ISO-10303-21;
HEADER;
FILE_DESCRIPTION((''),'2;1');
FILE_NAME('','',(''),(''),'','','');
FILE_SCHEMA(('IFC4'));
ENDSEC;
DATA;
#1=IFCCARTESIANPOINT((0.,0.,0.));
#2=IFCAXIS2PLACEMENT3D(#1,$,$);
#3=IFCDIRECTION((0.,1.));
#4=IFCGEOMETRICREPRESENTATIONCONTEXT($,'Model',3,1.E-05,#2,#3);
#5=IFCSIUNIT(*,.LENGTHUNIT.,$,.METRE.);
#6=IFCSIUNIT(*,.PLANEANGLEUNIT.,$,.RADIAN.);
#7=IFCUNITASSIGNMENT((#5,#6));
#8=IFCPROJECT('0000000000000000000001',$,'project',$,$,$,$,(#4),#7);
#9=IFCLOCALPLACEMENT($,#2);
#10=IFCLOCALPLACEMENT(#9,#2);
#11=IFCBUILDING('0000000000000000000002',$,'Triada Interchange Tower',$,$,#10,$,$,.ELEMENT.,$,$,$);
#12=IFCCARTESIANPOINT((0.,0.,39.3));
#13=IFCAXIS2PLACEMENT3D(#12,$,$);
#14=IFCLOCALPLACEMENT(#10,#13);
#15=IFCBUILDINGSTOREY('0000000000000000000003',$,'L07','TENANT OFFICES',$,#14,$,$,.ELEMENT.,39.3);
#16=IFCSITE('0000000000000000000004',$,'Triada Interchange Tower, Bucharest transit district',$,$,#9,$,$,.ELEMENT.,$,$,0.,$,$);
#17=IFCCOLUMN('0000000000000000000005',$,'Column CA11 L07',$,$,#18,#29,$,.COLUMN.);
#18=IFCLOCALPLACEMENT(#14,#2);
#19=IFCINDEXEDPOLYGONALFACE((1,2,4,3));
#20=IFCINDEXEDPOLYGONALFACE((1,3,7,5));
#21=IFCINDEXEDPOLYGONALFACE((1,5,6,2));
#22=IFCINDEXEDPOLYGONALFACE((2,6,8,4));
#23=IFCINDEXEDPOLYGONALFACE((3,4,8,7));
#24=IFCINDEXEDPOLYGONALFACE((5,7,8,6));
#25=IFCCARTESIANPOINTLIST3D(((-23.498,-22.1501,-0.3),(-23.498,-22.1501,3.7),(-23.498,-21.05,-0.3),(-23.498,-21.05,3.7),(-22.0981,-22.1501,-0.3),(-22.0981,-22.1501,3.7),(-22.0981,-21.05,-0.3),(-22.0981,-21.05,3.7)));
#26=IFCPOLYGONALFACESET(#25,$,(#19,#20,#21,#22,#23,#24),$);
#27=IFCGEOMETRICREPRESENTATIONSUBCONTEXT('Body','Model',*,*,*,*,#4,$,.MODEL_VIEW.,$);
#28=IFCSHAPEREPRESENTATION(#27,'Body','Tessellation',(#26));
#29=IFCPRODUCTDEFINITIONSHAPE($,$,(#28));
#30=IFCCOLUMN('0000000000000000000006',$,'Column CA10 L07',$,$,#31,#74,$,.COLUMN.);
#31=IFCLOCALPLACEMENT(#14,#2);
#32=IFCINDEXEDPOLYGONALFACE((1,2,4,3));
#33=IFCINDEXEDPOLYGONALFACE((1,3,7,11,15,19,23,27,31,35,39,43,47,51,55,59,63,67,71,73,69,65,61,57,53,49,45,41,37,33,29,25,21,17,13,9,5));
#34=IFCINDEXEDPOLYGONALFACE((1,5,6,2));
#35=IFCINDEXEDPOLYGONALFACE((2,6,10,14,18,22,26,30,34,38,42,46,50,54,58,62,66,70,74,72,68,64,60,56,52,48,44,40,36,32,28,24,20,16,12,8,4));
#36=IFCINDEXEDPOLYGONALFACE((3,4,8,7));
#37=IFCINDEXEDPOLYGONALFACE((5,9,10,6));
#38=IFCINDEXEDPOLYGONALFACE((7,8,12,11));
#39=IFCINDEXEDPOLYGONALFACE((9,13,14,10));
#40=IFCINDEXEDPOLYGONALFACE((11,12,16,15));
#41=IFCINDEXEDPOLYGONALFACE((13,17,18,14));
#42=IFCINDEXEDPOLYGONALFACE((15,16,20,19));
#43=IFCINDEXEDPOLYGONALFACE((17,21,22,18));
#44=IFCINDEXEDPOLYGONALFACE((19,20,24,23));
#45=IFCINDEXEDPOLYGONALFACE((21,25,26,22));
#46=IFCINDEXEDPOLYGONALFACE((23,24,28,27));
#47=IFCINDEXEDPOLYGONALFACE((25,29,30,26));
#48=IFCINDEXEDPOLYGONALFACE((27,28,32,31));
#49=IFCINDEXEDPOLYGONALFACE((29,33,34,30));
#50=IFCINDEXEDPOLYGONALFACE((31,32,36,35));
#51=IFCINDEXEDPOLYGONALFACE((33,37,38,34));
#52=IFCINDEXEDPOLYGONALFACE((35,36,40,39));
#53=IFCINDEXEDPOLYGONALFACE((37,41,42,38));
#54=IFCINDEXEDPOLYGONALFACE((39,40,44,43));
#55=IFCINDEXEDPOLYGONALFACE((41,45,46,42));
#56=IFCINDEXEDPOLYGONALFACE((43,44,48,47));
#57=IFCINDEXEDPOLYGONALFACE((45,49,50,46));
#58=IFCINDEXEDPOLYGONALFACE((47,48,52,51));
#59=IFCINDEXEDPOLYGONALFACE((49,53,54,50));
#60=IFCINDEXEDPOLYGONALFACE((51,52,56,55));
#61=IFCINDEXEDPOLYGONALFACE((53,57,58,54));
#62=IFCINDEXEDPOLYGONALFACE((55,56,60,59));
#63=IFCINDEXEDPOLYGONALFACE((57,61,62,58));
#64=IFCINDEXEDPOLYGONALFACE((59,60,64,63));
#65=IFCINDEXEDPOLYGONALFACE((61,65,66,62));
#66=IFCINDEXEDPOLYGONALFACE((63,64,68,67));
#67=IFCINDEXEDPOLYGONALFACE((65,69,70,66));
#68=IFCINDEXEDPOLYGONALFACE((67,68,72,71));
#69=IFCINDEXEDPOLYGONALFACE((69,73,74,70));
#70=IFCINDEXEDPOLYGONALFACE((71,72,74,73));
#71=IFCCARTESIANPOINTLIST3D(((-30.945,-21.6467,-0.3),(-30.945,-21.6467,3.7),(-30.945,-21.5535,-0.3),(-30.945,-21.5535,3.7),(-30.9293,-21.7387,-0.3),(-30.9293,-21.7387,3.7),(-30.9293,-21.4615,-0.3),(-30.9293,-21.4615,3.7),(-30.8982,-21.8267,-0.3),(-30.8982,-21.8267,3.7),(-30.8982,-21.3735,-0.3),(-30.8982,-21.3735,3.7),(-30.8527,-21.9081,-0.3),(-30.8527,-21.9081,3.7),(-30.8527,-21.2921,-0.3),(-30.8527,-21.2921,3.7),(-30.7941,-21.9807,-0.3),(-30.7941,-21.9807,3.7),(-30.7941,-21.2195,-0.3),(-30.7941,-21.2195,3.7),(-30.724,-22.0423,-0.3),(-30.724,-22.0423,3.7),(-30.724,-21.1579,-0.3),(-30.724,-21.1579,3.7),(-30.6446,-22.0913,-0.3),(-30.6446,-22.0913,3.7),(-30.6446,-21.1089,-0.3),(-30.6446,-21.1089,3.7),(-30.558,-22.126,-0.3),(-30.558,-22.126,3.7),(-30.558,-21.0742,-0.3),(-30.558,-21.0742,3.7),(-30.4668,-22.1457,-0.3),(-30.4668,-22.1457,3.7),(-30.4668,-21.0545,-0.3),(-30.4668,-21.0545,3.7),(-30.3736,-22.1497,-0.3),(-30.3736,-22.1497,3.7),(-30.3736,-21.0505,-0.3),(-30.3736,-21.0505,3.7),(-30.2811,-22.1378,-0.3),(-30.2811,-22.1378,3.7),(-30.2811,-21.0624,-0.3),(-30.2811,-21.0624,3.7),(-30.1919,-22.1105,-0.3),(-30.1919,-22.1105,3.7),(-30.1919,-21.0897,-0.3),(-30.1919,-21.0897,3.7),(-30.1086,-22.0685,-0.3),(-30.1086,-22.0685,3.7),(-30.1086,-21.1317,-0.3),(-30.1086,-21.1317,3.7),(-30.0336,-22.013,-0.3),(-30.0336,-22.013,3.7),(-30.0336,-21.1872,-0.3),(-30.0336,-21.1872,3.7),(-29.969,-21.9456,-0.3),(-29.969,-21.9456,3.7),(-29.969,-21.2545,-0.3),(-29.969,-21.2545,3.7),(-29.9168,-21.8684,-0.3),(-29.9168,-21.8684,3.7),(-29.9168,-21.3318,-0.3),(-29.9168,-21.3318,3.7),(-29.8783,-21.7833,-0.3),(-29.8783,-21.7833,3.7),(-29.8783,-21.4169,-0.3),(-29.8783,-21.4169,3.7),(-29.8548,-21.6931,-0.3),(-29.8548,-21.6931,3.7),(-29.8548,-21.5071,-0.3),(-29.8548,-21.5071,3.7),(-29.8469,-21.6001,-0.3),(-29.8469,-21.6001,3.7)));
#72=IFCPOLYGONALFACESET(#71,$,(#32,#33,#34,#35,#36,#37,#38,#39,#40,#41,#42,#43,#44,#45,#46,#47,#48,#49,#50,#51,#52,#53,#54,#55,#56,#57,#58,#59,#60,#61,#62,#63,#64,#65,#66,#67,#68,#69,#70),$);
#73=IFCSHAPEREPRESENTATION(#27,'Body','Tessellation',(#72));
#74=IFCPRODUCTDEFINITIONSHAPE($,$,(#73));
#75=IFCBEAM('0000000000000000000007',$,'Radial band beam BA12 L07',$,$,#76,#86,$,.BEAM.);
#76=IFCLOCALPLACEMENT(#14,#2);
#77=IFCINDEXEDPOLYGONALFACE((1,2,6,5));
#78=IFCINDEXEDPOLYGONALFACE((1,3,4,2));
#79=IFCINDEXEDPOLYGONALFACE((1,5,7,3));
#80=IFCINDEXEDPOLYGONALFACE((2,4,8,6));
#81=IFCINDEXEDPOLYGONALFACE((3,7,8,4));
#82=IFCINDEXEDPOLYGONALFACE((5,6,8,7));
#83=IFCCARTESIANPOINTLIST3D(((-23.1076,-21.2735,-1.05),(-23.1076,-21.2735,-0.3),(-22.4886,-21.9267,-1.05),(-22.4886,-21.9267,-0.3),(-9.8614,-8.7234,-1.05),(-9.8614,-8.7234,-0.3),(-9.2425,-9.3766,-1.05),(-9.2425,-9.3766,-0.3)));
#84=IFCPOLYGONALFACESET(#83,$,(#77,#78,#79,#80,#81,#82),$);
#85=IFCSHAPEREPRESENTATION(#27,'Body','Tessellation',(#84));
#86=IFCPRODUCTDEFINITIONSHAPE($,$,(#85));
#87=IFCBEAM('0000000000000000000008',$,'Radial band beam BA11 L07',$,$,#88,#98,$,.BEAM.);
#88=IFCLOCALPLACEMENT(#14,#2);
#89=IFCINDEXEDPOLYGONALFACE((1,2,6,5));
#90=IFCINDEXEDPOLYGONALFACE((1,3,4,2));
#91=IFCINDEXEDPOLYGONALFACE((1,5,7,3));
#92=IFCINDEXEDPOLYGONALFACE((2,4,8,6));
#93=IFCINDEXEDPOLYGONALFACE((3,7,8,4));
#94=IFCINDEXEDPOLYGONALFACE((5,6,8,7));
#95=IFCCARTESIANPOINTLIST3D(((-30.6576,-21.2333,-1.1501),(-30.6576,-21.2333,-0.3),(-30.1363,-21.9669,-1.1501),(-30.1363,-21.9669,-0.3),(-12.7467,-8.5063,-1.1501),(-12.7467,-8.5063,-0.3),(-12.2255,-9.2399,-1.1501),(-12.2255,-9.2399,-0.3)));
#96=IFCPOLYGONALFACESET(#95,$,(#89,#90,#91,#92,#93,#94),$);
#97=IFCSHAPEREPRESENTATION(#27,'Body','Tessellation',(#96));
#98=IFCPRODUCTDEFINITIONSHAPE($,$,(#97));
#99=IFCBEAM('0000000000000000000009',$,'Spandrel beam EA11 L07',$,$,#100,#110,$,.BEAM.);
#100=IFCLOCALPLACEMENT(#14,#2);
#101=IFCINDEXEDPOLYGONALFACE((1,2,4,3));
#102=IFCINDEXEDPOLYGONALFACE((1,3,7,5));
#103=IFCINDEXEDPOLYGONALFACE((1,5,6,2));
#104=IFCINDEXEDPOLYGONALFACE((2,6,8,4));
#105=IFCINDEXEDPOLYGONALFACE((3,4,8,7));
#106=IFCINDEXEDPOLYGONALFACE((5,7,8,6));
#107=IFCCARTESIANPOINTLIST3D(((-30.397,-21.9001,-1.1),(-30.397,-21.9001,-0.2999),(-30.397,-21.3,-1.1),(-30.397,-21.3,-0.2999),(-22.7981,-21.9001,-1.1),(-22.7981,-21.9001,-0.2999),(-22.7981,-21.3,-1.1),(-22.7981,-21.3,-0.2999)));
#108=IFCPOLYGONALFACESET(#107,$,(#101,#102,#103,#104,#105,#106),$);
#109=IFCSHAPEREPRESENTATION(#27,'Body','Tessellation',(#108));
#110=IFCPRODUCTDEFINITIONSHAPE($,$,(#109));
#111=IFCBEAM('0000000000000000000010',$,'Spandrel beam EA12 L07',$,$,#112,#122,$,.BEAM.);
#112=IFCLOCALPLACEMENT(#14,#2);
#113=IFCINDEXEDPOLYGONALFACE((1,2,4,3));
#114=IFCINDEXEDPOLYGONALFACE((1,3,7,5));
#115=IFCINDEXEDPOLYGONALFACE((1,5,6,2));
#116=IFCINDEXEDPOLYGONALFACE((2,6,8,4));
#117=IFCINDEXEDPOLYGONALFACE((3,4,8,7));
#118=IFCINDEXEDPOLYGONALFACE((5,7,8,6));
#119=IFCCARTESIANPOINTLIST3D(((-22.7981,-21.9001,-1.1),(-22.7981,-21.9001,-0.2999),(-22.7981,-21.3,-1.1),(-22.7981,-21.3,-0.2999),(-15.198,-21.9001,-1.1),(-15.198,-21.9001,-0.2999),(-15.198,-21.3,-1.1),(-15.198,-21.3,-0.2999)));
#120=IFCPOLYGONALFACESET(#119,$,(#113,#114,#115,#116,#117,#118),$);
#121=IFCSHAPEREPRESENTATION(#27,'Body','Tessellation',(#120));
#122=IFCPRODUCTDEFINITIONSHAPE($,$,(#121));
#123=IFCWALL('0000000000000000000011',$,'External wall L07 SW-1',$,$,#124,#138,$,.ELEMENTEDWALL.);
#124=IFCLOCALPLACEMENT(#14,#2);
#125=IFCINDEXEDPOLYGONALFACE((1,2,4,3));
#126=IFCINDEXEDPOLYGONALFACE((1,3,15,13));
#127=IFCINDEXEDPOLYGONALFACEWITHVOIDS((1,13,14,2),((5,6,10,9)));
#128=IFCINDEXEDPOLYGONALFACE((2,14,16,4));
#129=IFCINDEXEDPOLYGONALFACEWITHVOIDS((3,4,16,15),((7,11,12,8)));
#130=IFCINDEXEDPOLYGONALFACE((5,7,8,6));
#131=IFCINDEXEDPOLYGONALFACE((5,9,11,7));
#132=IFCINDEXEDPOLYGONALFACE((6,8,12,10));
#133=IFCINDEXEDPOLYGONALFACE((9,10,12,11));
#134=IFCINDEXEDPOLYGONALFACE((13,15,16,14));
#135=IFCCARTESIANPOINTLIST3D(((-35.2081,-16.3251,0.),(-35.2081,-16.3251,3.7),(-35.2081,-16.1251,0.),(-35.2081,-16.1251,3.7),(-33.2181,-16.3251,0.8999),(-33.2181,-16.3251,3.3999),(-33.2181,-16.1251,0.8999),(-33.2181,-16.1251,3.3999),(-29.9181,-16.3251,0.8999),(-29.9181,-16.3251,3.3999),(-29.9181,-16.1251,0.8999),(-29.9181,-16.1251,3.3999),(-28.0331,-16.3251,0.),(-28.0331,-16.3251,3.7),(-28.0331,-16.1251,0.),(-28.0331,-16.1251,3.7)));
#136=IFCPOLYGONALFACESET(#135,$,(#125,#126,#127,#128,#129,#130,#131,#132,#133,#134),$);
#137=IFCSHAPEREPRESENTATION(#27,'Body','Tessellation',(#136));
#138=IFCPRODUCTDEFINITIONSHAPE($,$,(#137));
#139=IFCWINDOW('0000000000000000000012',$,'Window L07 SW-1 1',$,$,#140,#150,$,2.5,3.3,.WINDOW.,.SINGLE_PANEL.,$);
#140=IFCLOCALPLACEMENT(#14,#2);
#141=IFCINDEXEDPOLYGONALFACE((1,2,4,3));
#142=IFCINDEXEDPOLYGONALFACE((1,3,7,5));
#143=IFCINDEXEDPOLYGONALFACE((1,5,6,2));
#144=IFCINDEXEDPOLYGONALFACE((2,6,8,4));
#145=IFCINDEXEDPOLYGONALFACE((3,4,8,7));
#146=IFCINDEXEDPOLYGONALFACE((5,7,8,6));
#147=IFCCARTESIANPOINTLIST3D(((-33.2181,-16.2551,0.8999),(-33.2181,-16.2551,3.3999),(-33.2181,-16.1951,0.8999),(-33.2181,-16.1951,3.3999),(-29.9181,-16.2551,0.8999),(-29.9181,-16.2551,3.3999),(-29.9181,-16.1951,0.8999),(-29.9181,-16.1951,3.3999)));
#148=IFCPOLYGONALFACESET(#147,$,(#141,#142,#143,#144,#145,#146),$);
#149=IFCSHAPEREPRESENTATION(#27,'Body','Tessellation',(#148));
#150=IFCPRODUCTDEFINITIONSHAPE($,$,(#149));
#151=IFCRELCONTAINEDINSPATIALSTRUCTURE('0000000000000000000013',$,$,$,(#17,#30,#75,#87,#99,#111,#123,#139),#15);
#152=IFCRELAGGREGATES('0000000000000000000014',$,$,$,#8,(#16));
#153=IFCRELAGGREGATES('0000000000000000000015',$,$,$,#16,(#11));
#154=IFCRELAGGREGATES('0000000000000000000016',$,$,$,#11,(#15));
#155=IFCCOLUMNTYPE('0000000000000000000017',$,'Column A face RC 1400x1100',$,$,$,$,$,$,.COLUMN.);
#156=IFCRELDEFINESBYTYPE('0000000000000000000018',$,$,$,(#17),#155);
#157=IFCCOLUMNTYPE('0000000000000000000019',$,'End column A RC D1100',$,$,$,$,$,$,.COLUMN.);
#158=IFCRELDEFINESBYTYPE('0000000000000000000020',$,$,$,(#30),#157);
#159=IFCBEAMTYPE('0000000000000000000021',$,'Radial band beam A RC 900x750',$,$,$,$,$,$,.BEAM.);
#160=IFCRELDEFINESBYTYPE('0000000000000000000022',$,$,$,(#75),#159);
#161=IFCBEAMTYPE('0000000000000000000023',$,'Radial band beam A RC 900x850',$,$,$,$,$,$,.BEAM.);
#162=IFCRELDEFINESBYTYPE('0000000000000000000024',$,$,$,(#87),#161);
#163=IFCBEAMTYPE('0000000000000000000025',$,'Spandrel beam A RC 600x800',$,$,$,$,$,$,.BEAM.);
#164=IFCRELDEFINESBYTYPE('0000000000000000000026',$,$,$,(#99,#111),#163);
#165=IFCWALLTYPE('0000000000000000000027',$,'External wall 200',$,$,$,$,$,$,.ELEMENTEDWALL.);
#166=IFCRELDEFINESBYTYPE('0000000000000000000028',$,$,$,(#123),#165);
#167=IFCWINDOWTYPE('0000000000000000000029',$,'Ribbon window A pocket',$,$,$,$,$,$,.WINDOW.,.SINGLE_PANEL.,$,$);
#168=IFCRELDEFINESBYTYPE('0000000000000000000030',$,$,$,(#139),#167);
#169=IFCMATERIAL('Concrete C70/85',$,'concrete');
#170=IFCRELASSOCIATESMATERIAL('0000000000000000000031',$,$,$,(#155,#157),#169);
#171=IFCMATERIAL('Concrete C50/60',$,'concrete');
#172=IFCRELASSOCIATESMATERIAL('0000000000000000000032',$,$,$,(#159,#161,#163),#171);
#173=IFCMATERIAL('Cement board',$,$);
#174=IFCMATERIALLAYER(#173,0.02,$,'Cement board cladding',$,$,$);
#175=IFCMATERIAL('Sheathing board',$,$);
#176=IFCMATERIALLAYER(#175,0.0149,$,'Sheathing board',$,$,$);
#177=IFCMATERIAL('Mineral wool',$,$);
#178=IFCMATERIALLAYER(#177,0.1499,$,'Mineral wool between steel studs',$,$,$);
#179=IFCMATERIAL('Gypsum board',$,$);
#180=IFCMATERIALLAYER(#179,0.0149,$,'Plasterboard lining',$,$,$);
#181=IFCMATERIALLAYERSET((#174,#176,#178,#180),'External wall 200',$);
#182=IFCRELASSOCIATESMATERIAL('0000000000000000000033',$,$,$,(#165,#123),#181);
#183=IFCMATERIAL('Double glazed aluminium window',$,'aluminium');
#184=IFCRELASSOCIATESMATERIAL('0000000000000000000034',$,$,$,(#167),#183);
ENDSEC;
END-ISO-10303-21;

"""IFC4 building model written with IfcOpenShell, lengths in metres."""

from ifc_helpers import new_model, si_unit, direction, frame, frame_2d, origin, origin_2d, place, context, subcontext, project, spatial, rectangle, circle, extrude, material, layer, layer_set, layer_usage, material_profile, profile_set, type_object, element, fill, save


model = new_model("IFC4")

# Units and contexts
model_context = context("Model", 3, precision=1e-05, world=origin(), true_north=direction((0.0, 1.0)))
body_context = subcontext(model_context, "Body", "Model", "MODEL_VIEW")
ifc_project = project(units=[si_unit("LENGTHUNIT", "METRE"), si_unit("PLANEANGLEUNIT", "RADIAN")], contexts=[model_context])

# Site, building, storey
site_placement = place(None, origin())
site = spatial("IfcSite", under=ifc_project, at=site_placement, Name="Triada Interchange Tower, Bucharest transit district", CompositionType="ELEMENT", RefElevation=0.0)
building_placement = place(site_placement, origin())
building = spatial("IfcBuilding", under=site, at=building_placement, Name="Triada Interchange Tower", CompositionType="ELEMENT")
storey_placement = place(building_placement, frame((0.0, 0.0, 39.3)))
storey = spatial("IfcBuildingStorey", under=building, at=storey_placement, Name="L07", Description="TENANT OFFICES", CompositionType="ELEMENT", Elevation=39.3)

# Columns
ifc_material_1 = material(Name="Concrete C70/85", Category="concrete")
ifc_material_profile_1 = material_profile(ifc_material_1, rectangle(XDim=1.3999, YDim=1.1001, at=origin_2d()), Name="RC 1400x1100")
ifc_profile_set_1 = profile_set([ifc_material_profile_1], Name="Concrete C70/85")
column_type_1 = type_object("IfcColumnType", Name="Column A face RC 1400x1100", PredefinedType="COLUMN", material=ifc_profile_set_1)
column_1_placement = place(storey_placement, frame((-22.7981, -21.6001, -0.3), z_axis=(0.0, 0.0, 1.0), x_axis=(1.0, 0.0, 0.0)))
element("IfcColumn", 1, at=column_1_placement, inside=storey, type_object=column_type_1, Name="Column CA11 L07", PredefinedType="COLUMN", context=body_context, shape_type="SweptSolid", body=[
    extrude(rectangle(XDim=1.3999, YDim=1.1001, at=origin_2d()), origin(), (0.0, 0.0, 1.0), 4.0),
])
ifc_material_profile_2 = material_profile(ifc_material_1, circle(Radius=0.55, at=origin_2d()), Name="RC D1100")
ifc_profile_set_2 = profile_set([ifc_material_profile_2], Name="Concrete C70/85")
column_type_2 = type_object("IfcColumnType", Name="End column A RC D1100", PredefinedType="COLUMN", material=ifc_profile_set_2)
column_2_placement = place(storey_placement, frame((-30.397, -21.6001, -0.3), z_axis=(0.0, 0.0, 1.0), x_axis=(1.0, 0.0, 0.0)))
element("IfcColumn", 2, at=column_2_placement, inside=storey, type_object=column_type_2, Name="Column CA10 L07", PredefinedType="COLUMN", context=body_context, shape_type="SweptSolid", body=[
    extrude(circle(Radius=0.55, at=origin_2d()), origin(), (0.0, 0.0, 1.0), 4.0),
])

# Beams
ifc_material_2 = material(Name="Concrete C50/60", Category="concrete")
ifc_material_profile_3 = material_profile(ifc_material_2, rectangle(XDim=0.8999, YDim=0.75, at=origin_2d()), Name="RC 900x750")
ifc_profile_set_3 = profile_set([ifc_material_profile_3], Name="Concrete C50/60")
beam_type_1 = type_object("IfcBeamType", Name="Radial band beam A RC 900x750", PredefinedType="BEAM", material=ifc_profile_set_3)
beam_1_placement = place(storey_placement, frame((-22.7981, -21.6001, -0.675), z_axis=(0.725922, 0.687777, 0.0), x_axis=(-0.687777, 0.725922, 0.0)))
element("IfcBeam", 3, at=beam_1_placement, inside=storey, type_object=beam_type_1, Name="Radial band beam BA12 L07", PredefinedType="BEAM", context=body_context, shape_type="SweptSolid", body=[
    extrude(rectangle(XDim=0.8999, YDim=0.75, at=origin_2d()), origin(), (0.0, 0.0, 1.0), 18.2473),
])
ifc_material_profile_4 = material_profile(ifc_material_2, rectangle(XDim=0.8999, YDim=0.8501, at=origin_2d()), Name="RC 900x850")
ifc_profile_set_4 = profile_set([ifc_material_profile_4], Name="Concrete C50/60")
beam_type_2 = type_object("IfcBeamType", Name="Radial band beam A RC 900x850", PredefinedType="BEAM", material=ifc_profile_set_4)
beam_2_placement = place(storey_placement, frame((-30.397, -21.6001, -0.7251), z_axis=(0.815161, 0.579234, 0.0), x_axis=(-0.579234, 0.815161, 0.0)))
element("IfcBeam", 4, at=beam_2_placement, inside=storey, type_object=beam_type_2, Name="Radial band beam BA11 L07", PredefinedType="BEAM", context=body_context, shape_type="SweptSolid", body=[
    extrude(rectangle(XDim=0.8999, YDim=0.8501, at=origin_2d()), origin(), (0.0, 0.0, 1.0), 21.9722),
])
ifc_material_profile_5 = material_profile(ifc_material_2, rectangle(XDim=0.6001, YDim=0.8, at=origin_2d()), Name="RC 600x800")
ifc_profile_set_5 = profile_set([ifc_material_profile_5], Name="Concrete C50/60")
beam_type_3 = type_object("IfcBeamType", Name="Spandrel beam A RC 600x800", PredefinedType="BEAM", material=ifc_profile_set_5)
beam_3_placement = place(storey_placement, frame((-30.397, -21.6001, -0.7), z_axis=(1.0, 0.0, 0.0), x_axis=(0.0, 1.0, 0.0)))
element("IfcBeam", 5, at=beam_3_placement, inside=storey, type_object=beam_type_3, Name="Spandrel beam EA11 L07", PredefinedType="BEAM", context=body_context, shape_type="SweptSolid", body=[
    extrude(rectangle(XDim=0.6001, YDim=0.8, at=origin_2d()), origin(), (0.0, 0.0, 1.0), 7.5989),
])
beam_4_placement = place(storey_placement, frame((-22.7981, -21.6001, -0.7), z_axis=(1.0, 0.0, 0.0), x_axis=(0.0, 1.0, 0.0)))
element("IfcBeam", 6, at=beam_4_placement, inside=storey, type_object=beam_type_3, Name="Spandrel beam EA12 L07", PredefinedType="BEAM", context=body_context, shape_type="SweptSolid", body=[
    extrude(rectangle(XDim=0.6001, YDim=0.8, at=origin_2d()), origin(), (0.0, 0.0, 1.0), 7.6001),
])

# Wall, opening, window
ifc_material_3 = material(Name="Cement board")
ifc_layer_1 = layer(ifc_material_3, 0.02, Name="Cement board cladding")
ifc_material_4 = material(Name="Sheathing board")
ifc_layer_2 = layer(ifc_material_4, 0.0149, Name="Sheathing board")
ifc_material_5 = material(Name="Mineral wool")
ifc_layer_3 = layer(ifc_material_5, 0.1499, Name="Mineral wool between steel studs")
ifc_material_6 = material(Name="Gypsum board")
ifc_layer_4 = layer(ifc_material_6, 0.0149, Name="Plasterboard lining")
ifc_layer_set_1 = layer_set([ifc_layer_1, ifc_layer_2, ifc_layer_3, ifc_layer_4], Name="External wall 200")
ifc_layer_usage = layer_usage(ifc_layer_set_1, "AXIS2", "POSITIVE", -0.1001)
wall_type_1 = type_object("IfcWallType", Name="External wall 200", PredefinedType="ELEMENTEDWALL", material=ifc_layer_set_1)
wall_1_placement = place(storey_placement, frame((-35.208, -16.2251, 0.0), z_axis=(0.0, 0.0, 1.0), x_axis=(1.0, 0.0, 0.0)))
wall_1 = element("IfcWall", 7, at=wall_1_placement, inside=storey, type_object=wall_type_1, material=ifc_layer_usage, Name="External wall L07 SW-1", PredefinedType="ELEMENTEDWALL", context=body_context, shape_type="SweptSolid", body=[
    extrude(rectangle(XDim=7.175, YDim=0.2, at=frame_2d((3.5874, 0.0))), origin(), (0.0, 0.0, 1.0), 3.7),
])
opening_1_placement = place(wall_1_placement, frame((1.99, 0.0, 0.8999)))
opening_1 = element("IfcOpeningElement", 8, at=opening_1_placement, cuts=wall_1, PredefinedType="OPENING", context=body_context, shape_type="SweptSolid", body=[
    extrude(rectangle(XDim=3.3, YDim=2.5, at=frame_2d((1.6499, 1.25))), frame((0.0, 0.1099, 0.0), z_axis=(0.0, -1.0, 0.0), x_axis=(1.0, 0.0, 0.0)), (0.0, 0.0, 1.0), 0.22),
])
ifc_material_7 = material(Name="Double glazed aluminium window", Category="aluminium")
window_type_1 = type_object("IfcWindowType", Name="Ribbon window A pocket", PartitioningType="SINGLE_PANEL", PredefinedType="WINDOW", material=ifc_material_7)
window_1_placement = place(opening_1_placement, origin())
window_1 = element("IfcWindow", 9, at=window_1_placement, inside=storey, type_object=window_type_1, Name="Window L07 SW-1 1", OverallHeight=2.5, OverallWidth=3.3, PartitioningType="SINGLE_PANEL", PredefinedType="WINDOW", context=body_context, shape_type="SweptSolid", body=[
    extrude(rectangle(XDim=3.3, YDim=2.5, at=frame_2d((1.6499, 1.25))), frame((0.0, 0.03, 0.0), z_axis=(0.0, -1.0, 0.0), x_axis=(1.0, 0.0, 0.0)), (0.0, 0.0, 1.0), 0.0601),
])
fill(opening_1, window_1)

save(model, "model.ifc")
